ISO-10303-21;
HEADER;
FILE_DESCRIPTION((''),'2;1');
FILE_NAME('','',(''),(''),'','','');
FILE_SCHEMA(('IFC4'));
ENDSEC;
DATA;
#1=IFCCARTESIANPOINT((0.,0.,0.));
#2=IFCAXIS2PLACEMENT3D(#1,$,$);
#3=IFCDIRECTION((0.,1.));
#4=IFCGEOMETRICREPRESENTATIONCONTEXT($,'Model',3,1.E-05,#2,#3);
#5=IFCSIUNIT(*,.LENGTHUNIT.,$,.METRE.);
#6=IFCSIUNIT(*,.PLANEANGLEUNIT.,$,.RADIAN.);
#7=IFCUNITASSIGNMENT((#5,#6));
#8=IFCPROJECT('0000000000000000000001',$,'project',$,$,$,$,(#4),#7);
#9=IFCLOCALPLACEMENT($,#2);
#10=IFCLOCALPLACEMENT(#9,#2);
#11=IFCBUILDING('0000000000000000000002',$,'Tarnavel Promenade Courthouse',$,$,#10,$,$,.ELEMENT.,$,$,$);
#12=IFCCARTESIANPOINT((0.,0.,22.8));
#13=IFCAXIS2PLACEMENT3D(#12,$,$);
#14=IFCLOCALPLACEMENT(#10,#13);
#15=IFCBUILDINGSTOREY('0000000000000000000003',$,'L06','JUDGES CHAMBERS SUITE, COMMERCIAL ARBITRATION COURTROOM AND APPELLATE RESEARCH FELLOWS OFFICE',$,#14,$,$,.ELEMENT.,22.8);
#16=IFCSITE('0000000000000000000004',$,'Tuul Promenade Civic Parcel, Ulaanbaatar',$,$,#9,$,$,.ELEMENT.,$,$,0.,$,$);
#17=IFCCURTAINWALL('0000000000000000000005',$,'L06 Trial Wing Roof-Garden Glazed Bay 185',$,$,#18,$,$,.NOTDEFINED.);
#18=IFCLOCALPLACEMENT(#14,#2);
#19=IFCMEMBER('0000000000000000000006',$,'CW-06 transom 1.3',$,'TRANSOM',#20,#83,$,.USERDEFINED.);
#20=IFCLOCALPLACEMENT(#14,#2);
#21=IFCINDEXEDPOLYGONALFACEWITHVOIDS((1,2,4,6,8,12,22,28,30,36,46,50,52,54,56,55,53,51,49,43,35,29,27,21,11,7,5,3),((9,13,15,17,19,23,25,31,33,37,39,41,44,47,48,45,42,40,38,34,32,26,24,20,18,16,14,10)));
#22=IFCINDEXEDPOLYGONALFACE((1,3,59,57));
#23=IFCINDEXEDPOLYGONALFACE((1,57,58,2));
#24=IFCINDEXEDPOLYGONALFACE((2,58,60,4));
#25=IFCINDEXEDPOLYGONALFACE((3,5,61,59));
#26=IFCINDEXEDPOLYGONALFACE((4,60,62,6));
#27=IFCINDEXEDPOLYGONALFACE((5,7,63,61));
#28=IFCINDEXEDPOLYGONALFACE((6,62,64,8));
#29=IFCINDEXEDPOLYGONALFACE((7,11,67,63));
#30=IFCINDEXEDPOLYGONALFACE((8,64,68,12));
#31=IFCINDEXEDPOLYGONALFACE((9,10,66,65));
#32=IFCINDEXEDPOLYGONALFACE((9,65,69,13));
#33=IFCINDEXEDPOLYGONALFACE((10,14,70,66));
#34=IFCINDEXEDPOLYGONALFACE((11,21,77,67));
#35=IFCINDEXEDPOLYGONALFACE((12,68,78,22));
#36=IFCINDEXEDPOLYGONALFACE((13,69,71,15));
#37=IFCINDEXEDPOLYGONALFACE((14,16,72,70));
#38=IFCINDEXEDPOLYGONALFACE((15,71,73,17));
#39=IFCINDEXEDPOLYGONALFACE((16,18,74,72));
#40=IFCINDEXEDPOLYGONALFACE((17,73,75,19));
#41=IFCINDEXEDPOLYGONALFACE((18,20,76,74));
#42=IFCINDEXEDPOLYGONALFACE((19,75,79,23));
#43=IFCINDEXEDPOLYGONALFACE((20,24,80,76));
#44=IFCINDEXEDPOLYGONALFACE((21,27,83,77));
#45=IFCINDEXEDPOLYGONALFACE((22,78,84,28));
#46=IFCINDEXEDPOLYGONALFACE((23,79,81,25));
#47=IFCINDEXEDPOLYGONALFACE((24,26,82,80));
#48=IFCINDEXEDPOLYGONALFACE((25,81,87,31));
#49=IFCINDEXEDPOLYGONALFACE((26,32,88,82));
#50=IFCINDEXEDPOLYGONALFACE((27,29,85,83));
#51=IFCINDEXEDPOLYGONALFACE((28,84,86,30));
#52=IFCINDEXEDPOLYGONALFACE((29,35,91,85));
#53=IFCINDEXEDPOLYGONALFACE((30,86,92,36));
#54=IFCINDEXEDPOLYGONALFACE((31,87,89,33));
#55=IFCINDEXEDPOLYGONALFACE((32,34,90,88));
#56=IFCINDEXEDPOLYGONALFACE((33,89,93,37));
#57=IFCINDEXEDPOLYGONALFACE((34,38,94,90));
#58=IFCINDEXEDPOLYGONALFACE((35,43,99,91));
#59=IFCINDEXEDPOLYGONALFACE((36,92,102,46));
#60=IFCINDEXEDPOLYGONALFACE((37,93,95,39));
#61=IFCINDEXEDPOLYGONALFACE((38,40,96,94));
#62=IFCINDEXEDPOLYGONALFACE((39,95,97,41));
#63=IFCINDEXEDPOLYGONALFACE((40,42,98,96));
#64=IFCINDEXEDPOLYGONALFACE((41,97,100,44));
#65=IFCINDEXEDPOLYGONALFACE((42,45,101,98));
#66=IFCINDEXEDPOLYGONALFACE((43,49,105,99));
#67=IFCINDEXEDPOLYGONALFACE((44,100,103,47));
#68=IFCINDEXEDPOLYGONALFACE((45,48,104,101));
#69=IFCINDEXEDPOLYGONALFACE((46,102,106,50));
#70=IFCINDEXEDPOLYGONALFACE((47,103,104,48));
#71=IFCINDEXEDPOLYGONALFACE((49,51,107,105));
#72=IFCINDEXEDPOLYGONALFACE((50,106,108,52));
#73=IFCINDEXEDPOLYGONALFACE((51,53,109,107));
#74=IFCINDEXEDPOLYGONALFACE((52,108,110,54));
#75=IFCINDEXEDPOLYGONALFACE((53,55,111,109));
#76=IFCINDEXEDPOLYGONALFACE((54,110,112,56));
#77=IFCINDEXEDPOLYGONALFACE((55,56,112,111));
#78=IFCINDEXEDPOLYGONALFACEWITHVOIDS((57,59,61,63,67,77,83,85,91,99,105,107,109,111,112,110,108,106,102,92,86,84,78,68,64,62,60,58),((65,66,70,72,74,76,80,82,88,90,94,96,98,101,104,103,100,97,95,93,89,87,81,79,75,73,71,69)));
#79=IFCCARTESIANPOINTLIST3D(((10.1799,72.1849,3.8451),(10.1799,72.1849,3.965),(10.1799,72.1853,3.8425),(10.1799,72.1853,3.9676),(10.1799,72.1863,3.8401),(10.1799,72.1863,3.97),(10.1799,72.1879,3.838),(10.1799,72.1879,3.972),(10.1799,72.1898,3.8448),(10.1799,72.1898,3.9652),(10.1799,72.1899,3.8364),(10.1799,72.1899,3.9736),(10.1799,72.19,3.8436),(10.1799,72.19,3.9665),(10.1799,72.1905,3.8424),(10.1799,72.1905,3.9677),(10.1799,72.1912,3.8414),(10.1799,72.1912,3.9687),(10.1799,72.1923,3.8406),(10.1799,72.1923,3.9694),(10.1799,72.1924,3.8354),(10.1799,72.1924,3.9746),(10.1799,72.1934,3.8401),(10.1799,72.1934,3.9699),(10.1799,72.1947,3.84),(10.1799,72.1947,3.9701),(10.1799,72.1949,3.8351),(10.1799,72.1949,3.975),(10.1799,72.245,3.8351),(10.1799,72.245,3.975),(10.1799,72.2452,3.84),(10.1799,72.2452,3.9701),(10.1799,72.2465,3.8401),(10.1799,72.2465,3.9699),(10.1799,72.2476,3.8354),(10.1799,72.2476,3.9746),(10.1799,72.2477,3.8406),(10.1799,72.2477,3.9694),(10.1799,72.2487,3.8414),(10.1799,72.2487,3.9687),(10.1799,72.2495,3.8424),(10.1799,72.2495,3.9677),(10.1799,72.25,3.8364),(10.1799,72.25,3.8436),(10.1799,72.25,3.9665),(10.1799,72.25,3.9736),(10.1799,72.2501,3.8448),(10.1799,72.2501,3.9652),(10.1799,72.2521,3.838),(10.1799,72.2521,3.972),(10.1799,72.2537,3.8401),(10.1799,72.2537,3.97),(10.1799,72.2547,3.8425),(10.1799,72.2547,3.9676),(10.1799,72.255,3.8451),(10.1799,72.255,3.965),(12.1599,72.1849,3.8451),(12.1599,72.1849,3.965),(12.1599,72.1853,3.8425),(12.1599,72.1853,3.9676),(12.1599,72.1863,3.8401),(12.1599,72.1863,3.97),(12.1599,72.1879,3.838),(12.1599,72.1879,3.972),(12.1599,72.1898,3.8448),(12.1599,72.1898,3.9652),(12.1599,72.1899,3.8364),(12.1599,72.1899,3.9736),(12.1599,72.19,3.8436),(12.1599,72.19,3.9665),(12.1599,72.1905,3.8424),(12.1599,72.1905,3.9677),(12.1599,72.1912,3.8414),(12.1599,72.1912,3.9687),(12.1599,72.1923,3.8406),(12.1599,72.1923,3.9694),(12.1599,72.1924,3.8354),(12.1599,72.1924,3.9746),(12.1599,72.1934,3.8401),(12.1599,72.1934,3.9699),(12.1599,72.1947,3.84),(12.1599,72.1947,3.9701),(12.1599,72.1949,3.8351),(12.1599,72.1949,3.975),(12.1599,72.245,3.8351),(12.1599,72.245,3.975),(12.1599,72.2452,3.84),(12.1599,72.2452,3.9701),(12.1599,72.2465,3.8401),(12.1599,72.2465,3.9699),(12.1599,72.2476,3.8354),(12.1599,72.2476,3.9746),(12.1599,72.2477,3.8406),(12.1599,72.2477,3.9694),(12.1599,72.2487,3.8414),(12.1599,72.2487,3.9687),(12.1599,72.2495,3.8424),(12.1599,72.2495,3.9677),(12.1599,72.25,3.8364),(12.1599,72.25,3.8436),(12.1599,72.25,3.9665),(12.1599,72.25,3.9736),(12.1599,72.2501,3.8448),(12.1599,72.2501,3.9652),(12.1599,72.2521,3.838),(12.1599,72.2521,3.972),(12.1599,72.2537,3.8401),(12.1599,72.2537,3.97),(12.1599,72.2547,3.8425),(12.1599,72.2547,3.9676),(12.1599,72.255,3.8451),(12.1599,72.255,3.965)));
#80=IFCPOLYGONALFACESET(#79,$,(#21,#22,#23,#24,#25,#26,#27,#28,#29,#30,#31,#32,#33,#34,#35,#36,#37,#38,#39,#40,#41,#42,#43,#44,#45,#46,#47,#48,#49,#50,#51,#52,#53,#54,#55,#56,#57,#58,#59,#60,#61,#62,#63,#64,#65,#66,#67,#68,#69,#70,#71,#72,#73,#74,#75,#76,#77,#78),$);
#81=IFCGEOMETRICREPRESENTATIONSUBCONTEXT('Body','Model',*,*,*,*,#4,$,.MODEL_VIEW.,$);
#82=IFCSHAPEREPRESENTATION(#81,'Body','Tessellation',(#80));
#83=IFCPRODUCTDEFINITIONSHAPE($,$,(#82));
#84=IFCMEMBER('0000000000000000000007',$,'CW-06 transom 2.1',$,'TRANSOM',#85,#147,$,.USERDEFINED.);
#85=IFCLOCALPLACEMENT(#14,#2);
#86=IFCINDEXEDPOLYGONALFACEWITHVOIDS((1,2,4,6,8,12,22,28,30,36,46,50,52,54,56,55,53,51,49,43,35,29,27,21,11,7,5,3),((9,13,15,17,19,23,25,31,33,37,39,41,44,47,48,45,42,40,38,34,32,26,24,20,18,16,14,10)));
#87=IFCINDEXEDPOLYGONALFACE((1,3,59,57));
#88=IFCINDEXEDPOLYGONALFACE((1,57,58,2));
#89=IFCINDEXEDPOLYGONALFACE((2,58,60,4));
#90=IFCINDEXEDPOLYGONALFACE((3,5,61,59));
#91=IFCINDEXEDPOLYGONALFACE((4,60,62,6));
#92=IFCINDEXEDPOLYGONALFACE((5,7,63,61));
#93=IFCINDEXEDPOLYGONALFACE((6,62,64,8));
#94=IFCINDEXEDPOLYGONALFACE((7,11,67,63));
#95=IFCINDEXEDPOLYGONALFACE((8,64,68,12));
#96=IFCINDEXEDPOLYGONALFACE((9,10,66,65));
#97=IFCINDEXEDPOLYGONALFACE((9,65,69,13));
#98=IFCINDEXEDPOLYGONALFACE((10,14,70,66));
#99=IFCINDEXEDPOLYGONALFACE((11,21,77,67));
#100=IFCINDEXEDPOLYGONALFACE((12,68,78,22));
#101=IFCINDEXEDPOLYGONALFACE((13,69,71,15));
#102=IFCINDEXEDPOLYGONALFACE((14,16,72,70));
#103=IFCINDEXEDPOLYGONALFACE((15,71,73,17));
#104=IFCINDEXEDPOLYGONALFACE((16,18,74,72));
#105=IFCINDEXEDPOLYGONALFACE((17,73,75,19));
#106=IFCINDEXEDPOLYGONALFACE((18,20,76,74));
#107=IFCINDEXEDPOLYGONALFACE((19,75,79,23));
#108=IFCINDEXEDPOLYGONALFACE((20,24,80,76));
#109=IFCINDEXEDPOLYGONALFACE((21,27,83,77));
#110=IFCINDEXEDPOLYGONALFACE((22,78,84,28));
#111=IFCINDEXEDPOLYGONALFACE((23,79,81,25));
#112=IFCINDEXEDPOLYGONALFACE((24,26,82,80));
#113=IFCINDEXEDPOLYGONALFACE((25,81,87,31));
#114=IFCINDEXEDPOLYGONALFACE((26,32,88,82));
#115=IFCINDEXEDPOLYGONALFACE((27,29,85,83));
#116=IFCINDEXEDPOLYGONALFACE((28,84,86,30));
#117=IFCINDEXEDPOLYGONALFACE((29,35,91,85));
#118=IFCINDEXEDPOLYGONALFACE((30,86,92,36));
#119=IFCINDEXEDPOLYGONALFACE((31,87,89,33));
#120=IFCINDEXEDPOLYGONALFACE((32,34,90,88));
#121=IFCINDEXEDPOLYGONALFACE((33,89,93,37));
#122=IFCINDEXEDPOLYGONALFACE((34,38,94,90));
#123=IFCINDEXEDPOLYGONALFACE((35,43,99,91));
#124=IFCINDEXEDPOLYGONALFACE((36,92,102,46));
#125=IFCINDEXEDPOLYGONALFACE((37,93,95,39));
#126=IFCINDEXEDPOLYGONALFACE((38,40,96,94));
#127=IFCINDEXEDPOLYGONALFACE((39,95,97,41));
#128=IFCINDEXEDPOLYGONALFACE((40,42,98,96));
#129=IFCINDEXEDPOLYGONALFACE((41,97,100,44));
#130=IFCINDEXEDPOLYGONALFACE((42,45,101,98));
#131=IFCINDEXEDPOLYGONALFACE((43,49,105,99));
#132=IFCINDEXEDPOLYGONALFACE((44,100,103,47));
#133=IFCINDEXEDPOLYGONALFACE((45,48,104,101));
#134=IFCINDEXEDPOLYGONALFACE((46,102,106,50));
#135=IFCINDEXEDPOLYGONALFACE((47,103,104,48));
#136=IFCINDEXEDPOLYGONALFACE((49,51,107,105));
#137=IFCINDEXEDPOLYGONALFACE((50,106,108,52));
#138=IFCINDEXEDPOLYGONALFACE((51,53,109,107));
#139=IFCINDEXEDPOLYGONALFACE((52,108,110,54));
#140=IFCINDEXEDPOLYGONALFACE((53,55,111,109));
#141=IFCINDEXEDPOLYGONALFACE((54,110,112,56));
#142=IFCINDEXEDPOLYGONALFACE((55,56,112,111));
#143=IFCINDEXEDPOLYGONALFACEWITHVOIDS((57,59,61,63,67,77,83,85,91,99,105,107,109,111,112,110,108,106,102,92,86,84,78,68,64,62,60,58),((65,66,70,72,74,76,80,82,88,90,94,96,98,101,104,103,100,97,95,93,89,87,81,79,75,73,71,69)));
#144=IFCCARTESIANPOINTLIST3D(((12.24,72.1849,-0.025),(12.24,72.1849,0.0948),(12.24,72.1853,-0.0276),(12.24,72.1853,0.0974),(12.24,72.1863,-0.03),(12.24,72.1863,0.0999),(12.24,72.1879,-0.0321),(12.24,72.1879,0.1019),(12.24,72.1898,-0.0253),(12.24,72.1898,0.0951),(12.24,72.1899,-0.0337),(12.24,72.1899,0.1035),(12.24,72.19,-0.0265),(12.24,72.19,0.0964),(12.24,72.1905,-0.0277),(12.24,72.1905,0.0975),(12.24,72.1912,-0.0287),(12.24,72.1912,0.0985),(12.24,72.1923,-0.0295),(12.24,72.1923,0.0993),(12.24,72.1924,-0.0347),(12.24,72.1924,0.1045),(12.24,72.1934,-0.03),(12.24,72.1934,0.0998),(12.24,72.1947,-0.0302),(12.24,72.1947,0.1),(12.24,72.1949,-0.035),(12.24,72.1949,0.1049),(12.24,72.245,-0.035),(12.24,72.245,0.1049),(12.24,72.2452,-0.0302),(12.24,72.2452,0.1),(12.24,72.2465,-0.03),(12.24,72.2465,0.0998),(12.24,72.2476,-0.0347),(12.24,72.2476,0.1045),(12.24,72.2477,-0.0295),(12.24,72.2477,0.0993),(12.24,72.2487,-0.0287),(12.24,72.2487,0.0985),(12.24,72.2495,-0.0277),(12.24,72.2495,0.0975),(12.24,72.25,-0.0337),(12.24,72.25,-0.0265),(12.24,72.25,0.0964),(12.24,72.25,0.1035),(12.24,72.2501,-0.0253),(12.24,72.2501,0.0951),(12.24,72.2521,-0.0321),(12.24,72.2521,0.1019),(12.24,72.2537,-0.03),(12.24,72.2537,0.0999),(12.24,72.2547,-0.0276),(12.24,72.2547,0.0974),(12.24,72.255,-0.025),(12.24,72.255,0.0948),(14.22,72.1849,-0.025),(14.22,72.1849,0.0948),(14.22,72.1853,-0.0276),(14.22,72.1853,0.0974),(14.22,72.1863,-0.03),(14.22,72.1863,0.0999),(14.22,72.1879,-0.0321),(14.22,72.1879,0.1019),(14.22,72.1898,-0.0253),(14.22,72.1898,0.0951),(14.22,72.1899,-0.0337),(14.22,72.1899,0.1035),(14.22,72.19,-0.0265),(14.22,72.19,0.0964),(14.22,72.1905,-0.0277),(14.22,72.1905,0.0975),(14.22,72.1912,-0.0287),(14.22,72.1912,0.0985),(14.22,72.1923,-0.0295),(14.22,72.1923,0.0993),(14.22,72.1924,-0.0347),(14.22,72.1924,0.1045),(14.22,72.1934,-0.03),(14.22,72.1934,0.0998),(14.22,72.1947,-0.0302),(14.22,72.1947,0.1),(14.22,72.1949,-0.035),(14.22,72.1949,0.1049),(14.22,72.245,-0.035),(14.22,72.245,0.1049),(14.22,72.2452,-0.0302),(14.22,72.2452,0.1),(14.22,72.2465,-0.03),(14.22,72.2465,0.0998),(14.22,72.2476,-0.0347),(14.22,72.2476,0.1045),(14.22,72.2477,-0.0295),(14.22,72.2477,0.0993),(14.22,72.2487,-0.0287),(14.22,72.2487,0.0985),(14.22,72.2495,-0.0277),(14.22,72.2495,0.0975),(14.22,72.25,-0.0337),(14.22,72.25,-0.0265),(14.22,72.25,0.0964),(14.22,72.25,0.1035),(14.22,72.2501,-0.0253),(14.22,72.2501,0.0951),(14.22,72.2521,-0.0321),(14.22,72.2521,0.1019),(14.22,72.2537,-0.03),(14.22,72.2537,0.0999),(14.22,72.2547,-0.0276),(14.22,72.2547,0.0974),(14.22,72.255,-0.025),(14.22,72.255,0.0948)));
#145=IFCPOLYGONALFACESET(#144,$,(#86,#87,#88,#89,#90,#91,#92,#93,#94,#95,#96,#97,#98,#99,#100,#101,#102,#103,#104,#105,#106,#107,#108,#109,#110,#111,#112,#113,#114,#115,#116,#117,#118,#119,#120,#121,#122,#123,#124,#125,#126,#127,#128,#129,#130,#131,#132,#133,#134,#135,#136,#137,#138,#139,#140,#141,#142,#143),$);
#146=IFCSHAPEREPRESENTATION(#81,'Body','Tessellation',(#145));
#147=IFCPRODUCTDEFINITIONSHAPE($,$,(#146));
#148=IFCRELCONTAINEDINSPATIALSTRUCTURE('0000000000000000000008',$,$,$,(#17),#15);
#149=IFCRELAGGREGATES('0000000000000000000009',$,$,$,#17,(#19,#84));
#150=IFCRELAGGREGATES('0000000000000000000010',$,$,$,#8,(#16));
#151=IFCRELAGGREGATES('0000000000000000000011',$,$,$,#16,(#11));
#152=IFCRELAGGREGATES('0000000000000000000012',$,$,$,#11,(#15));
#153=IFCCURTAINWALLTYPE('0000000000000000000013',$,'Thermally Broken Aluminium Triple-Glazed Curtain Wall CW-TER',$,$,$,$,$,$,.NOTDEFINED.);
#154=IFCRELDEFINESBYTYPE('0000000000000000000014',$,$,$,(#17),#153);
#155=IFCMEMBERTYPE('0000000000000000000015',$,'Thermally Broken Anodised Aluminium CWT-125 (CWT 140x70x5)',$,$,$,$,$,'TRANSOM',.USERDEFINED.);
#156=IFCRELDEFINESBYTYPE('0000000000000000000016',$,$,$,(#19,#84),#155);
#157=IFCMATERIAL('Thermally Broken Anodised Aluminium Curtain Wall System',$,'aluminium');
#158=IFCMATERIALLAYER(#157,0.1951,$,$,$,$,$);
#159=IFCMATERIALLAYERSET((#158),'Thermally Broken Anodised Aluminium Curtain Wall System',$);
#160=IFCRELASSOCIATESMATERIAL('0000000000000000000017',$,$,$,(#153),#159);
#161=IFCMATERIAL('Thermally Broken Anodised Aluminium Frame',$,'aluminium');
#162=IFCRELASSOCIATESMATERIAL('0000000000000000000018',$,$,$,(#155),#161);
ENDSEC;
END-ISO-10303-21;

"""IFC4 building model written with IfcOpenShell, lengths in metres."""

from ifc_helpers import new_model, si_unit, direction, frame, origin, origin_2d, place, context, subcontext, project, spatial, hollow_rectangle, extrude, material, layer, layer_set, material_profile, profile_set, type_object, element, aggregate, save


model = new_model("IFC4")

# Units and contexts
model_context = context("Model", 3, precision=1e-05, world=origin(), true_north=direction((0.0, 1.0)))
body_context = subcontext(model_context, "Body", "Model", "MODEL_VIEW")
ifc_project = project(units=[si_unit("LENGTHUNIT", "METRE"), si_unit("PLANEANGLEUNIT", "RADIAN")], contexts=[model_context])

# Site, building, storey
site_placement = place(None, origin())
site = spatial("IfcSite", under=ifc_project, at=site_placement, Name="Tuul Promenade Civic Parcel, Ulaanbaatar", CompositionType="ELEMENT", RefElevation=0.0)
building_placement = place(site_placement, origin())
building = spatial("IfcBuilding", under=site, at=building_placement, Name="Tarnavel Promenade Courthouse", CompositionType="ELEMENT")
storey_placement = place(building_placement, frame((0.0, 0.0, 22.8)))
storey = spatial("IfcBuildingStorey", under=building, at=storey_placement, Name="L06", Description="JUDGES CHAMBERS SUITE, COMMERCIAL ARBITRATION COURTROOM AND APPELLATE RESEARCH FELLOWS OFFICE", CompositionType="ELEMENT", Elevation=22.8)

# Curtain wall, members
ifc_material_1 = material(Name="Thermally Broken Anodised Aluminium Curtain Wall System", Category="aluminium")
ifc_layer_1 = layer(ifc_material_1, 0.1951)
ifc_layer_set_1 = layer_set([ifc_layer_1], Name="Thermally Broken Anodised Aluminium Curtain Wall System")
curtain_wall_type = type_object("IfcCurtainWallType", Name="Thermally Broken Aluminium Triple-Glazed Curtain Wall CW-TER", PredefinedType="NOTDEFINED", material=ifc_layer_set_1)
curtain_wall_placement = place(storey_placement, origin())
curtain_wall = element("IfcCurtainWall", 1, at=curtain_wall_placement, inside=storey, type_object=curtain_wall_type, Name="L06 Trial Wing Roof-Garden Glazed Bay 185", PredefinedType="NOTDEFINED")
ifc_material_2 = material(Name="Thermally Broken Anodised Aluminium Frame", Category="aluminium")
ifc_material_profile_1 = material_profile(ifc_material_2, hollow_rectangle(XDim=0.0701, YDim=0.1399, WallThickness=0.0049, InnerFilletRadius=0.0049, OuterFilletRadius=0.01, at=origin_2d()), Name="CWT 140x70x5")
ifc_profile_set_1 = profile_set([ifc_material_profile_1], Name="Thermally Broken Anodised Aluminium Frame")
member_type_1 = type_object("IfcMemberType", Name="Thermally Broken Anodised Aluminium CWT-125 (CWT 140x70x5)", ElementType="TRANSOM", PredefinedType="USERDEFINED", material=ifc_profile_set_1)
member_1_placement = place(storey_placement, frame((10.1799, 72.22, 3.905), z_axis=(1.0, 0.0, 0.0), x_axis=(0.0, 1.0, 0.0)))
member_1 = element("IfcMember", 2, at=member_1_placement, type_object=member_type_1, Name="CW-06 transom 1.3", ObjectType="TRANSOM", PredefinedType="USERDEFINED", context=body_context, shape_type="SweptSolid", body=[
    extrude(hollow_rectangle(XDim=0.0701, YDim=0.1399, WallThickness=0.0049, InnerFilletRadius=0.0049, OuterFilletRadius=0.01, at=origin_2d()), origin(), (0.0, 0.0, 1.0), 1.98),
])
member_2_placement = place(storey_placement, frame((12.24, 72.22, 0.0349), z_axis=(1.0, 0.0, 0.0), x_axis=(0.0, 1.0, 0.0)))
member_2 = element("IfcMember", 3, at=member_2_placement, type_object=member_type_1, Name="CW-06 transom 2.1", ObjectType="TRANSOM", PredefinedType="USERDEFINED", context=body_context, shape_type="SweptSolid", body=[
    extrude(hollow_rectangle(XDim=0.0701, YDim=0.1399, WallThickness=0.0049, InnerFilletRadius=0.0049, OuterFilletRadius=0.01, at=origin_2d()), origin(), (0.0, 0.0, 1.0), 1.98),
])

aggregate(curtain_wall, [member_1, member_2])

save(model, "model.ifc")
